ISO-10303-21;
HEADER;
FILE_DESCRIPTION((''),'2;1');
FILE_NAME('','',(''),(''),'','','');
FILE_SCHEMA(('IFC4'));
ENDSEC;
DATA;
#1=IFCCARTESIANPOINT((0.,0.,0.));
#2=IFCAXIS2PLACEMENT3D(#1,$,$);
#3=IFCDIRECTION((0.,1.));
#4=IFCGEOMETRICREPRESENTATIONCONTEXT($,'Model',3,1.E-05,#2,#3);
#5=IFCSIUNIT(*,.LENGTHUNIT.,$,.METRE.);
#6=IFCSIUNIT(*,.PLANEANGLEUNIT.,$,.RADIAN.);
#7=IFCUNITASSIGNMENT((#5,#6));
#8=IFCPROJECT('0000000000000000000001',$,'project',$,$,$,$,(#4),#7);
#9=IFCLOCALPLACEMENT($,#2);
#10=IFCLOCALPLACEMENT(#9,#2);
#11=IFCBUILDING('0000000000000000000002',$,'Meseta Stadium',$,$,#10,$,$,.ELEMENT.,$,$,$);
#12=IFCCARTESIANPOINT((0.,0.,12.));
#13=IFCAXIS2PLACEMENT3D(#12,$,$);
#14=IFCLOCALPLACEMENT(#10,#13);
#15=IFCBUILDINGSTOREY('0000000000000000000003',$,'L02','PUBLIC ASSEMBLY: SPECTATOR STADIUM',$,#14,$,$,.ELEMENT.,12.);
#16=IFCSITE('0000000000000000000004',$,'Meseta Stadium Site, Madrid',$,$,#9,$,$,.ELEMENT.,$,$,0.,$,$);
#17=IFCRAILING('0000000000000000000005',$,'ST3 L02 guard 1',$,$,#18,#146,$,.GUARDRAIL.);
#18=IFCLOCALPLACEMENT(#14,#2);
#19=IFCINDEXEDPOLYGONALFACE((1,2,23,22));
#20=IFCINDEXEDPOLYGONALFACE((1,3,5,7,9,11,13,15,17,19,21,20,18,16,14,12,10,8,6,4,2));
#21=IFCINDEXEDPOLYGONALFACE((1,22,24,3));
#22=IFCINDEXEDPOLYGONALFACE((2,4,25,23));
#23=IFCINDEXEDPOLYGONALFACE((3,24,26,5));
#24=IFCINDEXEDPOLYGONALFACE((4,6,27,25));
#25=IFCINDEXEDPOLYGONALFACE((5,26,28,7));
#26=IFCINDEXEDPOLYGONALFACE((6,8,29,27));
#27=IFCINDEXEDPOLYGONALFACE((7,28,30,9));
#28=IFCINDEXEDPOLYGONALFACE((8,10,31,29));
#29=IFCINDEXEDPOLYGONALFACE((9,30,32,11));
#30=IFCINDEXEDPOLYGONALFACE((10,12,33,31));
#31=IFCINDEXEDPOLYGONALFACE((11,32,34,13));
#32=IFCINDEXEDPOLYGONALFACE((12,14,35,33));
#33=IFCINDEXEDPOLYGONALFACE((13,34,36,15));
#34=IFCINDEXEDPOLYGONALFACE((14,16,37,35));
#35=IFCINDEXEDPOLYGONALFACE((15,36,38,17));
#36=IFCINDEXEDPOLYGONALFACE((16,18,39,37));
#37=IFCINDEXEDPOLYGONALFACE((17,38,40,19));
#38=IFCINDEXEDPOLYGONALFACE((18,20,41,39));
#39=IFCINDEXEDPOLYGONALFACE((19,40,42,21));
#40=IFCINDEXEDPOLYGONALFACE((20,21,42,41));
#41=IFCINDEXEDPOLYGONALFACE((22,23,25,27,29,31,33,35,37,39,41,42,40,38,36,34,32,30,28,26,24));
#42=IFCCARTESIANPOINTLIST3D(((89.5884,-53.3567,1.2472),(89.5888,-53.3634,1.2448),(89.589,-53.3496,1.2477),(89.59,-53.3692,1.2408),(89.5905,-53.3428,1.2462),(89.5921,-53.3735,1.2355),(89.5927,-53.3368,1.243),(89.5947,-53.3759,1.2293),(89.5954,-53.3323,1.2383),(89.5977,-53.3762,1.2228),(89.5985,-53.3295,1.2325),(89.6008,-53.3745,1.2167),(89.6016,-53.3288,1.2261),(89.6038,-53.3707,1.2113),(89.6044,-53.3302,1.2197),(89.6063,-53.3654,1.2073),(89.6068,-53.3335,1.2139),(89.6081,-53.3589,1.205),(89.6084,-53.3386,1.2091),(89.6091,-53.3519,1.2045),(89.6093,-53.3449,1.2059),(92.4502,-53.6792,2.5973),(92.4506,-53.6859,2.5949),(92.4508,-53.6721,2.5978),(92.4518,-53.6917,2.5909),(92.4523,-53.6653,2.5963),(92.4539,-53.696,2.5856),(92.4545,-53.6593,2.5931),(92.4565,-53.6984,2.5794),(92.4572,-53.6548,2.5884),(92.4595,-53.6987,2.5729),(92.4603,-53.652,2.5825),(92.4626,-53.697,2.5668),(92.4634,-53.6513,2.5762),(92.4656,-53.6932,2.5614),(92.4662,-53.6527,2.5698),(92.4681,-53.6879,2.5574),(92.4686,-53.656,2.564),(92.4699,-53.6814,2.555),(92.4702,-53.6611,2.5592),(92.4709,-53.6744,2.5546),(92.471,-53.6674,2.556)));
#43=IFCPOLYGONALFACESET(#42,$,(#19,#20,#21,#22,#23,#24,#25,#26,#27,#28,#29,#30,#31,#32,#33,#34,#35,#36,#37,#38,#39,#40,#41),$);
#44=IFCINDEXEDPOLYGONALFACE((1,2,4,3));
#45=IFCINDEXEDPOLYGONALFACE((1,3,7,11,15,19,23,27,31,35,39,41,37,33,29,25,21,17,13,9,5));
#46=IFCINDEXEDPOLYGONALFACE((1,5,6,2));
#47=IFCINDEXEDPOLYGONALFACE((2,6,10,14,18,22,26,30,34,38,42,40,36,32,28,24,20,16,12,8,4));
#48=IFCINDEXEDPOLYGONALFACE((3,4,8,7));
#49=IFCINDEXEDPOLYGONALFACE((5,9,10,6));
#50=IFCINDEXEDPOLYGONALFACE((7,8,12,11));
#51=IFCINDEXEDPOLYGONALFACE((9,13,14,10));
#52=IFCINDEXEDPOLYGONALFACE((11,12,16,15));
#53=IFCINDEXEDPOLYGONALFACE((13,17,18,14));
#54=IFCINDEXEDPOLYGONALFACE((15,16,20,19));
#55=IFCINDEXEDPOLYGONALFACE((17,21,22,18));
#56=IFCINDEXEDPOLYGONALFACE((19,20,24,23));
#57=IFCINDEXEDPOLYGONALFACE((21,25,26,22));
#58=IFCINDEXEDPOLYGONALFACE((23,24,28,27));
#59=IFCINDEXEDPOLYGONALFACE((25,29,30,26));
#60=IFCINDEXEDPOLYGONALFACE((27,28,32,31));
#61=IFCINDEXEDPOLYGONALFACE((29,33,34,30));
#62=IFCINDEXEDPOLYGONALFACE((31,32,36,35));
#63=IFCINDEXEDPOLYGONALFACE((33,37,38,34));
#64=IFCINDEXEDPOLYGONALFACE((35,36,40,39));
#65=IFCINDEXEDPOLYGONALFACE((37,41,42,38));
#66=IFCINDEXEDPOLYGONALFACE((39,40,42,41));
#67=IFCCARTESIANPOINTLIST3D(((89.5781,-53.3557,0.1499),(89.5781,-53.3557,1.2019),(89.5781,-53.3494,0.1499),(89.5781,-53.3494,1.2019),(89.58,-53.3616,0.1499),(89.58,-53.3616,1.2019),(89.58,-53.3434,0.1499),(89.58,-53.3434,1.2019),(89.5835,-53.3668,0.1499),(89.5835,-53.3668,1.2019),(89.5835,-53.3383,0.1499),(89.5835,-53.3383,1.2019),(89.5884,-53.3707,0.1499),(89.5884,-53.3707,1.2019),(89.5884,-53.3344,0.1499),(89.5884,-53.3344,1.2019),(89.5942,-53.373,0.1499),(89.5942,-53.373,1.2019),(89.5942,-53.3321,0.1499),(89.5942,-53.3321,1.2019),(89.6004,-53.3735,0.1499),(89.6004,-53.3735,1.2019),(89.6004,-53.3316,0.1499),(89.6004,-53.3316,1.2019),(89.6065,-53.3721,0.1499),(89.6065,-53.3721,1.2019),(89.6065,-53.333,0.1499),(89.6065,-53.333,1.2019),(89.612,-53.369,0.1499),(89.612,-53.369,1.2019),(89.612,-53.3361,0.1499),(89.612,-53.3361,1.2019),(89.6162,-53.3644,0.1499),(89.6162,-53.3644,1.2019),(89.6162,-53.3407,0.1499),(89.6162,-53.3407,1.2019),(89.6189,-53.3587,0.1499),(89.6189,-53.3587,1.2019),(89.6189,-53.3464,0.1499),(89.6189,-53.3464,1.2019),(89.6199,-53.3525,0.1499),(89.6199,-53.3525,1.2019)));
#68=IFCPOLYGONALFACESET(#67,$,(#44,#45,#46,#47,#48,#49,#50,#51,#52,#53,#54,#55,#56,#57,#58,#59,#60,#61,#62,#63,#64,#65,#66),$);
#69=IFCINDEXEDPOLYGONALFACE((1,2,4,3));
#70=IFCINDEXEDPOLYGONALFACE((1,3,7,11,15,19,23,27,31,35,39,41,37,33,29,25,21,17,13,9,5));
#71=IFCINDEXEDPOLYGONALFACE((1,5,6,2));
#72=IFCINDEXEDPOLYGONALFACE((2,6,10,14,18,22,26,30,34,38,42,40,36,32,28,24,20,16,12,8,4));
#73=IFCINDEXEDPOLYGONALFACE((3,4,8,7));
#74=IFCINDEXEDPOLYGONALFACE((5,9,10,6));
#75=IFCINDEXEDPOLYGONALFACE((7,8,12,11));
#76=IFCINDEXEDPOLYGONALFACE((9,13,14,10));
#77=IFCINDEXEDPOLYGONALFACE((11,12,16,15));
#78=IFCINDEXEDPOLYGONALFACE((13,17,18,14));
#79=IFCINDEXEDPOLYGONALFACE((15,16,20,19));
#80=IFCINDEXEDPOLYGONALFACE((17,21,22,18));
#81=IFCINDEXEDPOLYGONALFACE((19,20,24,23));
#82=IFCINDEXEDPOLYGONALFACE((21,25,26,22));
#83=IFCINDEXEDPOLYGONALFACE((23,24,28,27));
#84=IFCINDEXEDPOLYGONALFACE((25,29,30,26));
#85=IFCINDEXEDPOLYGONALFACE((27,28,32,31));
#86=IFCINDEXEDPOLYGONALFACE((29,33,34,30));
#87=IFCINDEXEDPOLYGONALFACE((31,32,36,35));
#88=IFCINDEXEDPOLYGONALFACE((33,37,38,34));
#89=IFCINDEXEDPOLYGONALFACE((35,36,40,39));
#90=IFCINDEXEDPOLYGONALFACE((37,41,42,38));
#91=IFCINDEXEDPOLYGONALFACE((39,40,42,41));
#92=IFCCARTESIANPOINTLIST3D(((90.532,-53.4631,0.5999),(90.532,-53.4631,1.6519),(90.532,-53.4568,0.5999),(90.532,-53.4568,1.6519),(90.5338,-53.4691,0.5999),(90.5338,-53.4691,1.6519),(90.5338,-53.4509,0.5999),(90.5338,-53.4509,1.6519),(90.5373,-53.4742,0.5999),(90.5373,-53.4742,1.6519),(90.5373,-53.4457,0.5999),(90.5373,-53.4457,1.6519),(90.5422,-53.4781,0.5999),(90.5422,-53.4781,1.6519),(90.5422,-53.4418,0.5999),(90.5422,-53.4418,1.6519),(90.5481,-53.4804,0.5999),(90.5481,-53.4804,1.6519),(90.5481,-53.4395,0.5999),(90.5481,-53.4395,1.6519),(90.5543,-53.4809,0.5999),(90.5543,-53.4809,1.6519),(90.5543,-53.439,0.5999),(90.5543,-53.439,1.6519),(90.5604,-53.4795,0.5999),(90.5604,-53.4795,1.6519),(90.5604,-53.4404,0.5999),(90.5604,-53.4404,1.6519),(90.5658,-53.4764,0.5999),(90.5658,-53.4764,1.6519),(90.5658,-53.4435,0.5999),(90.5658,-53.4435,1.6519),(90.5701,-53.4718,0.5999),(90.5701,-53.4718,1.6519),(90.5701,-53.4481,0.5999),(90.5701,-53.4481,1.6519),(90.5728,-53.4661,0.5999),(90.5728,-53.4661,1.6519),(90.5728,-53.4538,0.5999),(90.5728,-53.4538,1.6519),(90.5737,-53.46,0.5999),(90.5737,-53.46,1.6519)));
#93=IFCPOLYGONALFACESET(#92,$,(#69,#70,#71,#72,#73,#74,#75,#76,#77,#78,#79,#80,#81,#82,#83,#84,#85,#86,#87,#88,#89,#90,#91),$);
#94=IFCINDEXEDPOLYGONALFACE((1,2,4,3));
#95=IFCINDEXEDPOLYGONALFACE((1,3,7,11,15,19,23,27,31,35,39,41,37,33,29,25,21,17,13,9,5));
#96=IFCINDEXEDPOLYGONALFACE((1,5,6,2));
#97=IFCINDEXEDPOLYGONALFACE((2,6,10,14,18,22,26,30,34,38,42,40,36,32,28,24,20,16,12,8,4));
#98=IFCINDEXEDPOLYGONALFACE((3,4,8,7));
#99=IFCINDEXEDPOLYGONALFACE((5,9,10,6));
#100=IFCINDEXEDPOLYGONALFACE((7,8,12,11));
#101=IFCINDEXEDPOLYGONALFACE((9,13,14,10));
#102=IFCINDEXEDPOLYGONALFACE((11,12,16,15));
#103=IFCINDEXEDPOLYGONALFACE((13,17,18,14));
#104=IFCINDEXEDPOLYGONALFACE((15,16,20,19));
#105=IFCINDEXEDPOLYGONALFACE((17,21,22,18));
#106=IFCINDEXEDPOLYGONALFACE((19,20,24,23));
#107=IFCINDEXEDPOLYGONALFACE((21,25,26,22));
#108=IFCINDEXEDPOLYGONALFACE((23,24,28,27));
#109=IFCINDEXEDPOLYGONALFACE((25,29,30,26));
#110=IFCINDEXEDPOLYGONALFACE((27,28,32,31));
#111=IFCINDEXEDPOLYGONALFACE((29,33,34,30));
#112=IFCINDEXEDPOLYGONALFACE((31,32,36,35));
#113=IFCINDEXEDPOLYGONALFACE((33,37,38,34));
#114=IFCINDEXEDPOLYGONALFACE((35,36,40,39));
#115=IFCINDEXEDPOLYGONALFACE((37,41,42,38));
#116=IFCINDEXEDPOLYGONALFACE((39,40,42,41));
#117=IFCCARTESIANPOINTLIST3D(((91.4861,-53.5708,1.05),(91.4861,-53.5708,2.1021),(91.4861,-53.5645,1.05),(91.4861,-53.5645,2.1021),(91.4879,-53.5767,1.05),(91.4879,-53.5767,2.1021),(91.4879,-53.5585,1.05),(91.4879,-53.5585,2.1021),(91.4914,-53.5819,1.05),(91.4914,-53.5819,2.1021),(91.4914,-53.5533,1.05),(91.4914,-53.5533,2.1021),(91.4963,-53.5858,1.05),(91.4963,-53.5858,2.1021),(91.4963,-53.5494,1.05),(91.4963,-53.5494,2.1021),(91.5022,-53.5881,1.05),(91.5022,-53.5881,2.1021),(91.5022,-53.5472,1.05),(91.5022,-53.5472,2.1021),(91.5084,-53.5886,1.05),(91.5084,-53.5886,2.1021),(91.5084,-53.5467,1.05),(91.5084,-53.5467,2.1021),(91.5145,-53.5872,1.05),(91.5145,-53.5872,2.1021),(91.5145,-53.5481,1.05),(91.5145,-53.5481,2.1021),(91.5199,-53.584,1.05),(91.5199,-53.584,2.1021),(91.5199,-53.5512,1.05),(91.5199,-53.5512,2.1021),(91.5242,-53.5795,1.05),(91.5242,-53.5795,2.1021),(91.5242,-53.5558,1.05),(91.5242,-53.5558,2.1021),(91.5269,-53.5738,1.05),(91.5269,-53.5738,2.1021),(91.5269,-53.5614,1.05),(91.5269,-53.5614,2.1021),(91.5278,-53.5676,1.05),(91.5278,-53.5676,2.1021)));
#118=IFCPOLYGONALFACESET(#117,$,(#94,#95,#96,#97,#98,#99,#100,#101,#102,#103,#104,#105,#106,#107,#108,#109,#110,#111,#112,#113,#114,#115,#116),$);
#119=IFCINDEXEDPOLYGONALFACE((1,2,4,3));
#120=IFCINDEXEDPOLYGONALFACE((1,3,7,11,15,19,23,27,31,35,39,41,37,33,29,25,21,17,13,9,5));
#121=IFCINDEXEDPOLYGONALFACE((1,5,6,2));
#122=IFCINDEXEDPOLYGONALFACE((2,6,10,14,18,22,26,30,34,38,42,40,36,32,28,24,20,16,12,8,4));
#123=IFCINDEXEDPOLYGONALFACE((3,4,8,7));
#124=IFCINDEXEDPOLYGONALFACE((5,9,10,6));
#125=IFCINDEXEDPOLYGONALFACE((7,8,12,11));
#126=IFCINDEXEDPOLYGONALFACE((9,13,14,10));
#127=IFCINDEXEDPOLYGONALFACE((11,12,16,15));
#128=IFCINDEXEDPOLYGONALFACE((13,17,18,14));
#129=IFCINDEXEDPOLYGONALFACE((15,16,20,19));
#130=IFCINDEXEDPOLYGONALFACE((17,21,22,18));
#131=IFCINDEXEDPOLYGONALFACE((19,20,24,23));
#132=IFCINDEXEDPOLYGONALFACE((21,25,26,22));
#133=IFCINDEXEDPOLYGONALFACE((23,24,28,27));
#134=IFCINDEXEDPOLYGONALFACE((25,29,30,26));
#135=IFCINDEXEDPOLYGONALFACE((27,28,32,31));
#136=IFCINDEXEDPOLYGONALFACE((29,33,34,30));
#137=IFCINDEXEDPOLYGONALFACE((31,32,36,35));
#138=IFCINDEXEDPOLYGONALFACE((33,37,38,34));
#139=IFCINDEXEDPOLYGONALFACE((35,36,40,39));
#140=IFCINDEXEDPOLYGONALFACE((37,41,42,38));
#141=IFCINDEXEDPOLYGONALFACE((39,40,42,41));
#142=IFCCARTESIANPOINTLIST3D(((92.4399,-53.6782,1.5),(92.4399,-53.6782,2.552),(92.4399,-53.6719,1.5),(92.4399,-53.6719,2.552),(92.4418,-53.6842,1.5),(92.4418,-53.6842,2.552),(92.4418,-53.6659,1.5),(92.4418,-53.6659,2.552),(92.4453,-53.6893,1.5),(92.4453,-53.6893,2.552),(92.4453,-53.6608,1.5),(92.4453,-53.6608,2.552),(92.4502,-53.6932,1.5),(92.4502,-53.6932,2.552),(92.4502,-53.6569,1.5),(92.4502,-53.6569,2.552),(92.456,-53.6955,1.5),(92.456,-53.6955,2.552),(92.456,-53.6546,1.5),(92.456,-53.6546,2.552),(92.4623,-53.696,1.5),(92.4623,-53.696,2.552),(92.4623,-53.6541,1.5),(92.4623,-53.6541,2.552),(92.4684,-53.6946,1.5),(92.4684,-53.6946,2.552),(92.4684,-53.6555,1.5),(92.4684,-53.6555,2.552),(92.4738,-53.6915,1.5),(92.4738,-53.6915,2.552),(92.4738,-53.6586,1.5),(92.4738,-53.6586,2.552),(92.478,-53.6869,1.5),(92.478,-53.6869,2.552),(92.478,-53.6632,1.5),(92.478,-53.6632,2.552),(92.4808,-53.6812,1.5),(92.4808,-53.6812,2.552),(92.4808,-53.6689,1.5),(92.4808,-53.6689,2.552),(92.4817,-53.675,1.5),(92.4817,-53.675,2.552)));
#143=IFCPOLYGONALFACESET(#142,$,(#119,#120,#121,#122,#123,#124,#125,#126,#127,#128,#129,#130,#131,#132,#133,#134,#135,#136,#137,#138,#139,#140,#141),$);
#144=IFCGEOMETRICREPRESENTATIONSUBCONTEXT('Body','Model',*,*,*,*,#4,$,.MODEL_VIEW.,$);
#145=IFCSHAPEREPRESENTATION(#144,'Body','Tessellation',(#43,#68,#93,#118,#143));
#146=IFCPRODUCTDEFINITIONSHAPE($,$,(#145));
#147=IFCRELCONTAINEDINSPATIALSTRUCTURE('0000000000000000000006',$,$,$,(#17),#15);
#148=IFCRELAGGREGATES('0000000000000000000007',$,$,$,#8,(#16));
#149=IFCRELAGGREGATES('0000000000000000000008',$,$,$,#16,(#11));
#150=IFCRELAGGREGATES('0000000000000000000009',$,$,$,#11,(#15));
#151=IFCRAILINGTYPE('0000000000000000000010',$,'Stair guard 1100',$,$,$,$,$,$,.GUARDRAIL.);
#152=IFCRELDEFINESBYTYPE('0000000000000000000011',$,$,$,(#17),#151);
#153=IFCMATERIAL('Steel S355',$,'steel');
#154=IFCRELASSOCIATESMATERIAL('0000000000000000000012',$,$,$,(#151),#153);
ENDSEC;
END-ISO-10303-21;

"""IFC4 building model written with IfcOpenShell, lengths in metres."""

from ifc_helpers import new_model, si_unit, direction, frame, origin, origin_2d, place, context, subcontext, project, spatial, circle, extrude, material, type_object, element, save


model = new_model("IFC4")

# Units and contexts
model_context = context("Model", 3, precision=1e-05, world=origin(), true_north=direction((0.0, 1.0)))
body_context = subcontext(model_context, "Body", "Model", "MODEL_VIEW")
ifc_project = project(units=[si_unit("LENGTHUNIT", "METRE"), si_unit("PLANEANGLEUNIT", "RADIAN")], contexts=[model_context])

# Site, building, storey
site_placement = place(None, origin())
site = spatial("IfcSite", under=ifc_project, at=site_placement, Name="Meseta Stadium Site, Madrid", CompositionType="ELEMENT", RefElevation=0.0)
building_placement = place(site_placement, origin())
building = spatial("IfcBuilding", under=site, at=building_placement, Name="Meseta Stadium", CompositionType="ELEMENT")
storey_placement = place(building_placement, frame((0.0, 0.0, 12.0)))
storey = spatial("IfcBuildingStorey", under=building, at=storey_placement, Name="L02", Description="PUBLIC ASSEMBLY: SPECTATOR STADIUM", CompositionType="ELEMENT", Elevation=12.0)

# Railing
ifc_material_1 = material(Name="Steel S355", Category="steel")
railing_type_1 = type_object("IfcRailingType", Name="Stair guard 1100", PredefinedType="GUARDRAIL", material=ifc_material_1)
railing_1_placement = place(storey_placement, frame((89.5989, -53.3525, 0.1499)))
element("IfcRailing", 1, at=railing_1_placement, inside=storey, type_object=railing_type_1, Name="ST3 L02 guard 1", PredefinedType="GUARDRAIL", context=body_context, shape_type="SweptSolid", body=[
    extrude(circle(Radius=0.0239, at=origin_2d()), frame((0.0, 0.0, 1.0762), z_axis=(0.899748, -0.101396, 0.424467), x_axis=(0.111985, 0.99371, 0.0)), (0.0, 0.0, 1.0), 3.1807),
    extrude(circle(Radius=0.021, at=origin_2d()), origin(), (0.0, 0.0, 1.0), 1.052),
    extrude(circle(Radius=0.021, at=origin_2d()), frame((0.9539, -0.1074, 0.45)), (0.0, 0.0, 1.0), 1.052),
    extrude(circle(Radius=0.021, at=origin_2d()), frame((1.908, -0.2151, 0.9001)), (0.0, 0.0, 1.0), 1.052),
    extrude(circle(Radius=0.021, at=origin_2d()), frame((2.8618, -0.3225, 1.3501)), (0.0, 0.0, 1.0), 1.052),
])

save(model, "model.ifc")
